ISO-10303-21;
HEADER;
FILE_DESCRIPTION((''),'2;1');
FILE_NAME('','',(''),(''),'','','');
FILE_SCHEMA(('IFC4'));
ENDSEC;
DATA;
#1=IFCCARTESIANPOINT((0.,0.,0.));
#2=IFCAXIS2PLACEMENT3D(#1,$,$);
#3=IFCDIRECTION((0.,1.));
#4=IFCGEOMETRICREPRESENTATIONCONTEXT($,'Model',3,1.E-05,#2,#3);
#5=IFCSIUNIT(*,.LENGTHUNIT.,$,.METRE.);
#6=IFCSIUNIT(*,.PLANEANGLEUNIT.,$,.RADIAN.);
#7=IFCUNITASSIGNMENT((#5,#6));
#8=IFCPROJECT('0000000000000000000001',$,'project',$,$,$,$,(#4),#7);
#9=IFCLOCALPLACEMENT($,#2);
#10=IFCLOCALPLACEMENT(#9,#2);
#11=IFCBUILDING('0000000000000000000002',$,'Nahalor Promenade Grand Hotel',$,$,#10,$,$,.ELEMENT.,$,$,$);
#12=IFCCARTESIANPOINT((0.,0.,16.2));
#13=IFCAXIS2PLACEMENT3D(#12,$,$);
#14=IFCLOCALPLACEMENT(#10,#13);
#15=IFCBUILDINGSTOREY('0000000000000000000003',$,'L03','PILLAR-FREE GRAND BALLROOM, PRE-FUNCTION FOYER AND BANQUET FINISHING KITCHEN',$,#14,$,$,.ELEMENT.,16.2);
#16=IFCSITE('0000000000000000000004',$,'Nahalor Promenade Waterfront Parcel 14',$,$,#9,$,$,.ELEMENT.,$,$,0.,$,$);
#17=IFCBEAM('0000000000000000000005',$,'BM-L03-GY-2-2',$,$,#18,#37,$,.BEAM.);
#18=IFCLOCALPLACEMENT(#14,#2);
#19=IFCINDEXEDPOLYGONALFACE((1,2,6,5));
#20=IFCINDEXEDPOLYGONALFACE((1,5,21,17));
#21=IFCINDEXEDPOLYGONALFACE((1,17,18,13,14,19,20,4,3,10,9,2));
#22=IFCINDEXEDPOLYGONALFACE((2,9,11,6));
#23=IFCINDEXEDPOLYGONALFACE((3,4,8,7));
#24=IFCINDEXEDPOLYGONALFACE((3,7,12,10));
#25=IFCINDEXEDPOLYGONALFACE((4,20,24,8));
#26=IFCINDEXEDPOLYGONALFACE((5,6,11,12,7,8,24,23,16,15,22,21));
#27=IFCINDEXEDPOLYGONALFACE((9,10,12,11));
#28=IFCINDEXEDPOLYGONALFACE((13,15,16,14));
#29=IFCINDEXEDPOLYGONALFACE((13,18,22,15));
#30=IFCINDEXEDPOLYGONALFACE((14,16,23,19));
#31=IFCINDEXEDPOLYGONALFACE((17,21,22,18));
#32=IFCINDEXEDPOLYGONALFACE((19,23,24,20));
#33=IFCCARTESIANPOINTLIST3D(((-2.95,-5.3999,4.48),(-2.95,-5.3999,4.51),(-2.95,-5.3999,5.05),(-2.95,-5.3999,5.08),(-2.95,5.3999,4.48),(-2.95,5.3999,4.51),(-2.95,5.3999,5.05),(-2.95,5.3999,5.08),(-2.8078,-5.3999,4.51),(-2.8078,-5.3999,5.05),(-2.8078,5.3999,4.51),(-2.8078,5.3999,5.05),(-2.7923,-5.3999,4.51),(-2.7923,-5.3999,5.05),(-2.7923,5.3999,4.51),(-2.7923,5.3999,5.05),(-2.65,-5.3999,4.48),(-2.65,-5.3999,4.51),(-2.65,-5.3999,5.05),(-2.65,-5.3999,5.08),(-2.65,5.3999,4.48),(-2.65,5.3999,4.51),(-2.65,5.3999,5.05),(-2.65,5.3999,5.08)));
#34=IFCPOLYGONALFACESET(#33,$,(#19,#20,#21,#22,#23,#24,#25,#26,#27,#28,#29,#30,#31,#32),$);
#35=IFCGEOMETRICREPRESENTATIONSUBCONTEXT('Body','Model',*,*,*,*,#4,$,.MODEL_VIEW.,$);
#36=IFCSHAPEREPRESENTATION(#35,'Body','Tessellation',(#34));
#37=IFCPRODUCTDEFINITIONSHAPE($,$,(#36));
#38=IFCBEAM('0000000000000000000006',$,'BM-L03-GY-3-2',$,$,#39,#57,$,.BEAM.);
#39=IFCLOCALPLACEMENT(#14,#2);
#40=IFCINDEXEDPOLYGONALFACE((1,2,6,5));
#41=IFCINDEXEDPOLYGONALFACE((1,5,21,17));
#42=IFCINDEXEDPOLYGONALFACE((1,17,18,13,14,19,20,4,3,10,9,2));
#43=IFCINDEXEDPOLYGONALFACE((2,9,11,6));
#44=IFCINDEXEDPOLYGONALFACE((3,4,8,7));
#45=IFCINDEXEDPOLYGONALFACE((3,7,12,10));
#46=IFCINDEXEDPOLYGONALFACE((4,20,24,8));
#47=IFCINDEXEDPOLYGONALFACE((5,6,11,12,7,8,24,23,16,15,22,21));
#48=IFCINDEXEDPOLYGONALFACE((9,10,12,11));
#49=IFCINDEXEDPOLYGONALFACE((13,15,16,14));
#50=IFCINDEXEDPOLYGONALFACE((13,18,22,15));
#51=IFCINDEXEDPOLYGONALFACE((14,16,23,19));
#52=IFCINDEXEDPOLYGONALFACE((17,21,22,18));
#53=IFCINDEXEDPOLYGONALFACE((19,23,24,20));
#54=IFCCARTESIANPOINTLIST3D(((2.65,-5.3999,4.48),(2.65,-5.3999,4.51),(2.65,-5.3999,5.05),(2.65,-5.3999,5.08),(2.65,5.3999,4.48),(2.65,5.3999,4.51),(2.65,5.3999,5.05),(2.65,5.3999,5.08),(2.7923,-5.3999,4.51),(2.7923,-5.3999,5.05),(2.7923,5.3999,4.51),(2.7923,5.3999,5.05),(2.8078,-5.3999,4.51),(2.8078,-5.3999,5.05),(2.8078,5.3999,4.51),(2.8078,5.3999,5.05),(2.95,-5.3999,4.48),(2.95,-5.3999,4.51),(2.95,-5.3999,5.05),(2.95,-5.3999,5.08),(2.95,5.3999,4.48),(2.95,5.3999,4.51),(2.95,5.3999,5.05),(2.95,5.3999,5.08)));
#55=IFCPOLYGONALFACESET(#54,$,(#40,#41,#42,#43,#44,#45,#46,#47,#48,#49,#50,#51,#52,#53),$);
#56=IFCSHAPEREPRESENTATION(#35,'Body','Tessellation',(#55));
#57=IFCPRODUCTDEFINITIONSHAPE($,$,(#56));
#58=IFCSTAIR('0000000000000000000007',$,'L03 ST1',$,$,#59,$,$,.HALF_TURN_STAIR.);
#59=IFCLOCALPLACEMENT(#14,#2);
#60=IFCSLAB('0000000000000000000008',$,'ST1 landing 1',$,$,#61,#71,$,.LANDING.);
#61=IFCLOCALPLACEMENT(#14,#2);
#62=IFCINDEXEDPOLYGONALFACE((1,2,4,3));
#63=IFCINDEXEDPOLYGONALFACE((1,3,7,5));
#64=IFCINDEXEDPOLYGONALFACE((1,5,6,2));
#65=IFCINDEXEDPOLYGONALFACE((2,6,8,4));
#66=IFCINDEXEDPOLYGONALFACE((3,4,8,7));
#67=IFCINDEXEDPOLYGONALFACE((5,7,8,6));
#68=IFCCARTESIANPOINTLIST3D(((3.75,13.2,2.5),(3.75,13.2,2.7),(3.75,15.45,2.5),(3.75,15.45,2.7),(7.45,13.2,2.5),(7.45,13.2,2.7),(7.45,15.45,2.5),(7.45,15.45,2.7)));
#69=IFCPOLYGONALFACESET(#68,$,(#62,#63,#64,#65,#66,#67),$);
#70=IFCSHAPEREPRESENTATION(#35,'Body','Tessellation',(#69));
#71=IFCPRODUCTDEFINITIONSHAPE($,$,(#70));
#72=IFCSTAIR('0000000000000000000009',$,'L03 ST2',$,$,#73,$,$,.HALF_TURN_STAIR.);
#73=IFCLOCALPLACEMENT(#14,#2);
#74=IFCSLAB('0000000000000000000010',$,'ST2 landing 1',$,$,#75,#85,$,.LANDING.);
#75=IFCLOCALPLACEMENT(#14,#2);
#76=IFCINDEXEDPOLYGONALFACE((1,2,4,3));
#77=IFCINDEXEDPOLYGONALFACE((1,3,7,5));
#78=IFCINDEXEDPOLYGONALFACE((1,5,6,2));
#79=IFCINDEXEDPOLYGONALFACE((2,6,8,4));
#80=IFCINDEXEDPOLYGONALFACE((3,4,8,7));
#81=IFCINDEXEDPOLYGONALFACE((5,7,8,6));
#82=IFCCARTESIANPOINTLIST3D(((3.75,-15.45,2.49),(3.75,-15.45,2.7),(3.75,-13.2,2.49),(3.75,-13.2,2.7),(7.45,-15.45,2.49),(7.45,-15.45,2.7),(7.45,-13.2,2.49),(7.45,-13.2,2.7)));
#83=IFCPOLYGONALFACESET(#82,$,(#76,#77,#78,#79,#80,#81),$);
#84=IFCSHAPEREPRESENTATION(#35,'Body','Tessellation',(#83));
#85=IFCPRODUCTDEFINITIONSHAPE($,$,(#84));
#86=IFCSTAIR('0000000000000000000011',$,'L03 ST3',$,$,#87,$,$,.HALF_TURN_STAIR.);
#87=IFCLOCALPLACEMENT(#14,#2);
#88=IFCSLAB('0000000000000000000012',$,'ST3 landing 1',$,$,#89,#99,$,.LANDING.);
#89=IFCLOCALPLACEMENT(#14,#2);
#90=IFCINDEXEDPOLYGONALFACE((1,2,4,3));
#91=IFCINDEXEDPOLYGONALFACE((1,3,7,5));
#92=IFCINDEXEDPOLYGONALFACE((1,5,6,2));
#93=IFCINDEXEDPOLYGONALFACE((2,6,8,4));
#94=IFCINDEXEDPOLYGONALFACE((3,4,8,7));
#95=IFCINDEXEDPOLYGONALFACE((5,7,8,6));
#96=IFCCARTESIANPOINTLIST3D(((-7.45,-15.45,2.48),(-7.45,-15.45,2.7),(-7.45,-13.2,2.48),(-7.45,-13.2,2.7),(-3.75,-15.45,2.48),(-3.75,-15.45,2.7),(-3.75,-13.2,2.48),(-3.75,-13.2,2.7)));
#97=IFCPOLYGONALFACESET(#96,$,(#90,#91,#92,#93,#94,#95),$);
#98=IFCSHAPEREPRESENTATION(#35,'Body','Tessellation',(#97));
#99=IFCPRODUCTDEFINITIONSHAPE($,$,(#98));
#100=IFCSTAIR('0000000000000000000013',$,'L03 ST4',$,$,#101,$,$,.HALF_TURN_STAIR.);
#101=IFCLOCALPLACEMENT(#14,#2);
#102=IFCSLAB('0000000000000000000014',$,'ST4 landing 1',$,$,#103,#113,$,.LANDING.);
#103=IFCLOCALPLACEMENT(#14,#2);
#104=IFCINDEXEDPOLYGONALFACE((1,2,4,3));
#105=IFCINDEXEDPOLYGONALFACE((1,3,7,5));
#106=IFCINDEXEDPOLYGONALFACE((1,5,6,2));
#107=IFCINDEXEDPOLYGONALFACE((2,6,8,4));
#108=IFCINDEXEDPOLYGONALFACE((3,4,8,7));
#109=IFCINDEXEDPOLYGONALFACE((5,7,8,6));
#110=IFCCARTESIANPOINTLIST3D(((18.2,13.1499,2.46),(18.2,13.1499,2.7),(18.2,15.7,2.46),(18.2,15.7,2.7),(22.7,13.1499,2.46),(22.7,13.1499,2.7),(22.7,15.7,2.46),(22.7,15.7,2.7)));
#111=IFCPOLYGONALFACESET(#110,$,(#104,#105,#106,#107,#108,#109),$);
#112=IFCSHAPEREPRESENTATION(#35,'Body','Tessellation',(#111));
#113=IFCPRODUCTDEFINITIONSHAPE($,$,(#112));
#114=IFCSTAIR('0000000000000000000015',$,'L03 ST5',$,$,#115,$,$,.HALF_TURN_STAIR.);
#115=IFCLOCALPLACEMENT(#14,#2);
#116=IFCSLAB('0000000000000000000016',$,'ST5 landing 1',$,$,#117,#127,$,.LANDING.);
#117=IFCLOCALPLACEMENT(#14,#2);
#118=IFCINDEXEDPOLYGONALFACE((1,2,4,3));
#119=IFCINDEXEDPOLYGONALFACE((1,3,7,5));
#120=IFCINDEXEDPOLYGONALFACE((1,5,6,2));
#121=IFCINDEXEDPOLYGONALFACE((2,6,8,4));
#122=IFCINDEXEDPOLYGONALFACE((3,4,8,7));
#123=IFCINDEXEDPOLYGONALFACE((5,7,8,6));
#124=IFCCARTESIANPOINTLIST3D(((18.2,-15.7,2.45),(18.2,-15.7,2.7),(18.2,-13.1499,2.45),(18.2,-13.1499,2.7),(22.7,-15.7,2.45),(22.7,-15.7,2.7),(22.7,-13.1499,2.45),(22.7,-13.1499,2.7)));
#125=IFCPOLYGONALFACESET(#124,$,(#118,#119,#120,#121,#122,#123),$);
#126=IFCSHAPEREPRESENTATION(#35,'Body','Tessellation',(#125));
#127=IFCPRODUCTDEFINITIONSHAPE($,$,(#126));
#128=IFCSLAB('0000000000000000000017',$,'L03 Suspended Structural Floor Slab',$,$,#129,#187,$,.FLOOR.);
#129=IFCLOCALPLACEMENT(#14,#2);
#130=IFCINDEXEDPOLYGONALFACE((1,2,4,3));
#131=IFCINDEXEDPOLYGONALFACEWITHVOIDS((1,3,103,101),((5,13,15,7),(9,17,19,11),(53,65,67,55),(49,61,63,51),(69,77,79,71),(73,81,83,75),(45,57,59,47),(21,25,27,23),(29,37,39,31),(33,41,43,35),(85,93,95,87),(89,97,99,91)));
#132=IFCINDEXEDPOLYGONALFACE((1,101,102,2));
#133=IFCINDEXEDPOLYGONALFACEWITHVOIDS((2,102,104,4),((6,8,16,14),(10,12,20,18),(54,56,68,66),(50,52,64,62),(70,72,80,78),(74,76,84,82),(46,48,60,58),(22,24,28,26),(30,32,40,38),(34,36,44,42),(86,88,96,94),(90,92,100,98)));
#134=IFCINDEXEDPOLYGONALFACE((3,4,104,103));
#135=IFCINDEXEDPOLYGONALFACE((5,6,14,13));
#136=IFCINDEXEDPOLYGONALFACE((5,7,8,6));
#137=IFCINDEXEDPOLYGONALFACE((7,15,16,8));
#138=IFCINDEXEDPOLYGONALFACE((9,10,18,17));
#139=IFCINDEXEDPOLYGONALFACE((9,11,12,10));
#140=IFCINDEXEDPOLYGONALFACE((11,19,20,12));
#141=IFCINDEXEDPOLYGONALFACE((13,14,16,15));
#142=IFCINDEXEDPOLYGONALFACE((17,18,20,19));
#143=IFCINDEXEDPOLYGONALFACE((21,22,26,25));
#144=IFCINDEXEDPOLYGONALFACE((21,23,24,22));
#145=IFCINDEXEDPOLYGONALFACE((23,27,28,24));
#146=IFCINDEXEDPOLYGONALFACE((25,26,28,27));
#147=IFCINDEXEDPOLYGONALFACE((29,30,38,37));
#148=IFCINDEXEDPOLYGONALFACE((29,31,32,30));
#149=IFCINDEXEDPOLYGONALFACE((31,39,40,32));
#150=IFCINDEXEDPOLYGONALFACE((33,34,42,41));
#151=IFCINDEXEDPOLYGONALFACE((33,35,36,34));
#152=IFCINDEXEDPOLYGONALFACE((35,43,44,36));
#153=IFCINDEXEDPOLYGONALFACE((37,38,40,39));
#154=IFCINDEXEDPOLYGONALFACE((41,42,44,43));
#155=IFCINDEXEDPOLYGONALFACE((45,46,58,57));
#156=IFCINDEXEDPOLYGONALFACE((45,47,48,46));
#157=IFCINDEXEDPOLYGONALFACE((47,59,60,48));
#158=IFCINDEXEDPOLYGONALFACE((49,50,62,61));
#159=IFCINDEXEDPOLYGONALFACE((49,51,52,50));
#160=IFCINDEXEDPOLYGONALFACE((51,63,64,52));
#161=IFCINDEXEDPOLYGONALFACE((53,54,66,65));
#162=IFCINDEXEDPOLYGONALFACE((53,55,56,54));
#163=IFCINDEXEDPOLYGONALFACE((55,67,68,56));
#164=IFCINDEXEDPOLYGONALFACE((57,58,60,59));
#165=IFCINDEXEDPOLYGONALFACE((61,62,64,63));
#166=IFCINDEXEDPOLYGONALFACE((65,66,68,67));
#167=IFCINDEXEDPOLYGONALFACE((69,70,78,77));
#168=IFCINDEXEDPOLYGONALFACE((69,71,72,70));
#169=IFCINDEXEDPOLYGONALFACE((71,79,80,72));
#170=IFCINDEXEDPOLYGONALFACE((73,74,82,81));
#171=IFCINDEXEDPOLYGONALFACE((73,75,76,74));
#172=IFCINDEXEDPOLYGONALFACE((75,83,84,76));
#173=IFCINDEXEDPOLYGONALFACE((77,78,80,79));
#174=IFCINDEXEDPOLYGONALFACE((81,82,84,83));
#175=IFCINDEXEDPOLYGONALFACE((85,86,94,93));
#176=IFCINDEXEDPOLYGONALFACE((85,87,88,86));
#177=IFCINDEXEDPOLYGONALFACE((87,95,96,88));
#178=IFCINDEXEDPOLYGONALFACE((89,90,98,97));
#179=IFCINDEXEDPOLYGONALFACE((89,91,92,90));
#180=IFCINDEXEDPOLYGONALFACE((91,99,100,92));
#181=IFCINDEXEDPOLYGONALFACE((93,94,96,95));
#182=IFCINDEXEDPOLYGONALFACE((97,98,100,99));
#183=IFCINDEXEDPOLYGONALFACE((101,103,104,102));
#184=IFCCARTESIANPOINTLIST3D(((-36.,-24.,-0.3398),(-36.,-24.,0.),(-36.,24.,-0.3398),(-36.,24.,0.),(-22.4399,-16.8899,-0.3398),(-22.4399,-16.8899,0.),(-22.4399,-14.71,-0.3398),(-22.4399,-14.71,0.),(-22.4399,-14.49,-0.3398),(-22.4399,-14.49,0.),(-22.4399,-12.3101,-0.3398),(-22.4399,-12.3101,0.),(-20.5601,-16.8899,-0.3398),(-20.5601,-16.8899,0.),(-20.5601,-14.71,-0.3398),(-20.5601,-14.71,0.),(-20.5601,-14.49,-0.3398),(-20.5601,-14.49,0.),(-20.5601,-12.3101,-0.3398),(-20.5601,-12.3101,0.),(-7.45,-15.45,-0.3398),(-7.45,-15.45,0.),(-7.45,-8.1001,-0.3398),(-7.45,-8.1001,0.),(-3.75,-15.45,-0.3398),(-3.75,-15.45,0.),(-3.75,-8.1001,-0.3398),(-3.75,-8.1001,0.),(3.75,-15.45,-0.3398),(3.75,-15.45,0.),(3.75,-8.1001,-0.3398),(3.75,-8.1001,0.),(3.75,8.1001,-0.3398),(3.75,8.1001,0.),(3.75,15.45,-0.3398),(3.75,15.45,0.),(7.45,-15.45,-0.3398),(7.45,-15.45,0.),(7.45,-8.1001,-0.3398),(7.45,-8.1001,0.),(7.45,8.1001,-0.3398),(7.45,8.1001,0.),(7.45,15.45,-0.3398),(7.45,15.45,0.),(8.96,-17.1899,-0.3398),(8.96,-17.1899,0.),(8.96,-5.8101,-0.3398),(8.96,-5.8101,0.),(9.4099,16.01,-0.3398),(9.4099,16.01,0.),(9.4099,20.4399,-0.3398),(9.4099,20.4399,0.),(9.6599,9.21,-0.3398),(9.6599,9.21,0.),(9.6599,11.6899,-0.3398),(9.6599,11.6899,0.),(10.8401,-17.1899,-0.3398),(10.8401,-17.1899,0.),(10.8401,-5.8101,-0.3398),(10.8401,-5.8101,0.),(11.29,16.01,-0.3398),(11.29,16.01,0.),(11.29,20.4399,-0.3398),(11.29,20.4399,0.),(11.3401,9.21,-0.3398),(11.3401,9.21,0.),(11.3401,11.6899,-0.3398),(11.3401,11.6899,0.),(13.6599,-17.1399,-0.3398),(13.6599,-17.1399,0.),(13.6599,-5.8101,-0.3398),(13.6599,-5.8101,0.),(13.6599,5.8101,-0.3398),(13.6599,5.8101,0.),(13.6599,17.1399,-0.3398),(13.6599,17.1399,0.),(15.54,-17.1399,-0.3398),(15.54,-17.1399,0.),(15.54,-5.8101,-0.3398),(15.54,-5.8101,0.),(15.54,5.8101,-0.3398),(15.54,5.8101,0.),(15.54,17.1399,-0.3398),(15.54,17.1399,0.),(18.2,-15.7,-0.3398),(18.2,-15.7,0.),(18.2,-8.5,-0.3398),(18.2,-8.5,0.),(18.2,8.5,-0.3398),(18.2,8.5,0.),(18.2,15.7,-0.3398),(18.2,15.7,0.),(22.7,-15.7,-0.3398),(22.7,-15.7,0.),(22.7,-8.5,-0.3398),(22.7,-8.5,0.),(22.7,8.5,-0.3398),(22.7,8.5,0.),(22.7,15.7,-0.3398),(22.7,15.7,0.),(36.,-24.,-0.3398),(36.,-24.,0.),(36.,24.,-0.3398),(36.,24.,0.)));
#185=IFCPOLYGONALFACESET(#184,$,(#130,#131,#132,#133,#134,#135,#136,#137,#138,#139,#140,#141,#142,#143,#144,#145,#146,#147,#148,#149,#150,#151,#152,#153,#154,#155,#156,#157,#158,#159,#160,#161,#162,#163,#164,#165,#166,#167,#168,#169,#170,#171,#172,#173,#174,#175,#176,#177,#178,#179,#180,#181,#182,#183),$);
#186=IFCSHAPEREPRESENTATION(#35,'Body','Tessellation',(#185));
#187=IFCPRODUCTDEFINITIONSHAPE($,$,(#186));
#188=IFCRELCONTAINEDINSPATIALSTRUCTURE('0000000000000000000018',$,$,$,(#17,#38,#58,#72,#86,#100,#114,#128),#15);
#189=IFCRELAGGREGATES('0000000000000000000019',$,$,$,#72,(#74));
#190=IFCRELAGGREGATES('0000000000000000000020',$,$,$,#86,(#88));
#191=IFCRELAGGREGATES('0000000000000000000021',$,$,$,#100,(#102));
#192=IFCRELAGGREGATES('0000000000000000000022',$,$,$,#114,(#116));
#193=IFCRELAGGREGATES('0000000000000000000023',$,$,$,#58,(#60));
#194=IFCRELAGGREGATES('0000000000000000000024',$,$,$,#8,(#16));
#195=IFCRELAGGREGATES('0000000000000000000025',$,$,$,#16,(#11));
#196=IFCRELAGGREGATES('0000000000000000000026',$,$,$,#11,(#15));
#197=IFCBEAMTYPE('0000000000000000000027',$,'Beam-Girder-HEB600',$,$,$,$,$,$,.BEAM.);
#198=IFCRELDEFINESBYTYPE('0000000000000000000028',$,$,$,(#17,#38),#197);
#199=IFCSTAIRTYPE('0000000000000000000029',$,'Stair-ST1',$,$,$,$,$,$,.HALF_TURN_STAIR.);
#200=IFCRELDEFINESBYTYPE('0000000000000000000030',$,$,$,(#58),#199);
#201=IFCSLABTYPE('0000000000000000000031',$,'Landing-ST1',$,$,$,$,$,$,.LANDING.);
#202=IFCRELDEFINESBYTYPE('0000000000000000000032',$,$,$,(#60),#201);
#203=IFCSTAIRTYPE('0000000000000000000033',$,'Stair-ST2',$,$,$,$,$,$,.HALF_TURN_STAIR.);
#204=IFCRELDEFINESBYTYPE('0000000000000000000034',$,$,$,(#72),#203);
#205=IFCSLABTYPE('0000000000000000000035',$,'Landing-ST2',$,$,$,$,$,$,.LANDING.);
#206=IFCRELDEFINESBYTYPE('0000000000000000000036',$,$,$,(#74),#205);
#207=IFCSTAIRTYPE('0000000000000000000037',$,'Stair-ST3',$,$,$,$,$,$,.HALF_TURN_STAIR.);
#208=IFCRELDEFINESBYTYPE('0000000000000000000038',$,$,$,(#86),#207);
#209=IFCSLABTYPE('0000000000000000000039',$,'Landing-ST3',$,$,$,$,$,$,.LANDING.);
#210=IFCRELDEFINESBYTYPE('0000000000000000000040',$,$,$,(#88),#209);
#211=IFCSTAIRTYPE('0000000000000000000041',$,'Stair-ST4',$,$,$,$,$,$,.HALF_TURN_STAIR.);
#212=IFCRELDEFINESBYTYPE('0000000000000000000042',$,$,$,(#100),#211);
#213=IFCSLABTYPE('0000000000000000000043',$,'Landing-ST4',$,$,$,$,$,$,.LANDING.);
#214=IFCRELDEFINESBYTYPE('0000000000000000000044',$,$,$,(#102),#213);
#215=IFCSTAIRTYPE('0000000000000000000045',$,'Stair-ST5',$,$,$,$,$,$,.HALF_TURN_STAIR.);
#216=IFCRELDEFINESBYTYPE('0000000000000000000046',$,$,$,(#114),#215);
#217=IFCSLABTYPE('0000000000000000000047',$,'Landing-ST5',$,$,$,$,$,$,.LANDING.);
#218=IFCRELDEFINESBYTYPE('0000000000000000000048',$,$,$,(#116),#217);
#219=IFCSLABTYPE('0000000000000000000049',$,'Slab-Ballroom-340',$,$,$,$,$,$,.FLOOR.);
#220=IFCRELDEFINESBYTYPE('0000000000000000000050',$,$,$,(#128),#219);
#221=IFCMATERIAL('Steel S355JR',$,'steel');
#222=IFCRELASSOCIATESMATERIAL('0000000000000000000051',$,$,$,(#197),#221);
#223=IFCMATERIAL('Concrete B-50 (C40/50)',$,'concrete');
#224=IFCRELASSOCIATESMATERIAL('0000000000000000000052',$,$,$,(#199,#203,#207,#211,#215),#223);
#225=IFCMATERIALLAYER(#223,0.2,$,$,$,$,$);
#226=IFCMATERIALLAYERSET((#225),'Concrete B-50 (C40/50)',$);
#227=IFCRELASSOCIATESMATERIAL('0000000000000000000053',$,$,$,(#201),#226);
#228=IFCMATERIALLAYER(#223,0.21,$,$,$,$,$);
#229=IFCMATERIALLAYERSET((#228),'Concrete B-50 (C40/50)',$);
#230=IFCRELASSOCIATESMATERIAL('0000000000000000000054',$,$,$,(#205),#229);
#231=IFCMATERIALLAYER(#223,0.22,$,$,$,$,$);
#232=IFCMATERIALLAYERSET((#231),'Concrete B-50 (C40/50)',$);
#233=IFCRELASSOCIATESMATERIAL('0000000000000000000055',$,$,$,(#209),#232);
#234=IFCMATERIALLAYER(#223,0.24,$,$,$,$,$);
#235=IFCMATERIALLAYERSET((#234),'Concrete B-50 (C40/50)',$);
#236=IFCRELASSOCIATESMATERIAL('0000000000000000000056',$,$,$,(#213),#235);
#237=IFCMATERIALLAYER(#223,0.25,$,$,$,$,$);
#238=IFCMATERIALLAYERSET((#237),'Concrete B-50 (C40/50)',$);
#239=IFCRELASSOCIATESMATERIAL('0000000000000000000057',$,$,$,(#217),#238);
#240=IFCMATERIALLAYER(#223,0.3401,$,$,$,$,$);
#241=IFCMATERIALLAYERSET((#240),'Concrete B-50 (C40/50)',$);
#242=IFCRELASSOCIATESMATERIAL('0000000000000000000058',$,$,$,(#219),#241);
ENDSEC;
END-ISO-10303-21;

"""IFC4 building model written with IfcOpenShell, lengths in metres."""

from ifc_helpers import new_model, si_unit, direction, frame, origin, origin_2d, place, context, subcontext, project, spatial, polyline, i_section, outline, extrude, source, transform, mapped, material, layer, layer_set, material_profile, profile_set, type_object, element, aggregate, save


model = new_model("IFC4")

# Units and contexts
model_context = context("Model", 3, precision=1e-05, world=origin(), true_north=direction((0.0, 1.0)))
body_context = subcontext(model_context, "Body", "Model", "MODEL_VIEW")
ifc_project = project(units=[si_unit("LENGTHUNIT", "METRE"), si_unit("PLANEANGLEUNIT", "RADIAN")], contexts=[model_context])

# Site, building, storey
site_placement = place(None, origin())
site = spatial("IfcSite", under=ifc_project, at=site_placement, Name="Nahalor Promenade Waterfront Parcel 14", CompositionType="ELEMENT", RefElevation=0.0)
building_placement = place(site_placement, origin())
building = spatial("IfcBuilding", under=site, at=building_placement, Name="Nahalor Promenade Grand Hotel", CompositionType="ELEMENT")
storey_placement = place(building_placement, frame((0.0, 0.0, 16.2)))
storey = spatial("IfcBuildingStorey", under=building, at=storey_placement, Name="L03", Description="PILLAR-FREE GRAND BALLROOM, PRE-FUNCTION FOYER AND BANQUET FINISHING KITCHEN", CompositionType="ELEMENT", Elevation=16.2)

# Beams
ifc_material_1 = material(Name="Steel S355JR", Category="steel")
ifc_material_profile_1 = material_profile(ifc_material_1, i_section(OverallWidth=0.3, OverallDepth=0.6, WebThickness=0.0155, FlangeThickness=0.03, at=origin_2d()), Name="HEB 600")
ifc_profile_set_1 = profile_set([ifc_material_profile_1], Name="Steel S355JR")
beam_type = type_object("IfcBeamType", Name="Beam-Girder-HEB600", PredefinedType="BEAM", material=ifc_profile_set_1)
shared_shape_1 = source(origin(), body_context, "Body", "SweptSolid", [
    extrude(i_section(OverallWidth=0.3, OverallDepth=0.6, WebThickness=0.0155, FlangeThickness=0.03, at=origin_2d()), origin(), (0.0, 0.0, 1.0), 10.7998),
])
for number, where, z_axis, x_axis, name in (
    (1, (-2.8, -5.3999, 4.78), (0.0, 1.0, 0.0), (-1.0, 0.0, 0.0), "BM-L03-GY-2-2"),
    (2, (2.8, -5.3999, 4.78), (0.0, 1.0, 0.0), (-1.0, 0.0, 0.0), "BM-L03-GY-3-2"),
):
    element("IfcBeam", number, at=place(storey_placement, frame(where, z_axis=z_axis, x_axis=x_axis)), inside=storey, type_object=beam_type, Name=name, PredefinedType="BEAM", context=body_context, shape_type="MappedRepresentation", body=[
        mapped(shared_shape_1, transform((0.0, 0.0, 0.0), scale=1.0)),
    ])

# Stairs, slabs
ifc_material_2 = material(Name="Concrete B-50 (C40/50)", Category="concrete")
stair_type_1 = type_object("IfcStairType", Name="Stair-ST1", PredefinedType="HALF_TURN_STAIR", material=ifc_material_2)
stair_1_placement = place(storey_placement, origin())
stair_1 = element("IfcStair", 3, at=stair_1_placement, inside=storey, type_object=stair_type_1, Name="L03 ST1", PredefinedType="HALF_TURN_STAIR")
ifc_layer_1 = layer(ifc_material_2, 0.2)
ifc_layer_set_1 = layer_set([ifc_layer_1], Name="Concrete B-50 (C40/50)")
slab_type_1 = type_object("IfcSlabType", Name="Landing-ST1", PredefinedType="LANDING", material=ifc_layer_set_1)
slab_1_placement = place(storey_placement, frame((0.0, 0.0, 2.5)))
slab_1 = element("IfcSlab", 4, at=slab_1_placement, type_object=slab_type_1, Name="ST1 landing 1", PredefinedType="LANDING", context=body_context, shape_type="SweptSolid", body=[
    extrude(outline(polyline([(7.45, 13.2), (7.45, 15.45), (3.75, 15.45), (3.75, 13.2), (7.45, 13.2)])), origin(), (0.0, 0.0, 1.0), 0.2),
])
stair_type_2 = type_object("IfcStairType", Name="Stair-ST2", PredefinedType="HALF_TURN_STAIR", material=ifc_material_2)
stair_2_placement = place(storey_placement, origin())
stair_2 = element("IfcStair", 5, at=stair_2_placement, inside=storey, type_object=stair_type_2, Name="L03 ST2", PredefinedType="HALF_TURN_STAIR")
ifc_layer_2 = layer(ifc_material_2, 0.21)
ifc_layer_set_2 = layer_set([ifc_layer_2], Name="Concrete B-50 (C40/50)")
slab_type_2 = type_object("IfcSlabType", Name="Landing-ST2", PredefinedType="LANDING", material=ifc_layer_set_2)
slab_2_placement = place(storey_placement, frame((0.0, 0.0, 2.49)))
slab_2 = element("IfcSlab", 6, at=slab_2_placement, type_object=slab_type_2, Name="ST2 landing 1", PredefinedType="LANDING", context=body_context, shape_type="SweptSolid", body=[
    extrude(outline(polyline([(3.75, -13.2), (3.75, -15.45), (7.45, -15.45), (7.45, -13.2), (3.75, -13.2)])), origin(), (0.0, 0.0, 1.0), 0.21),
])
aggregate(stair_2, [slab_2])
stair_type_3 = type_object("IfcStairType", Name="Stair-ST3", PredefinedType="HALF_TURN_STAIR", material=ifc_material_2)
stair_3_placement = place(storey_placement, origin())
stair_3 = element("IfcStair", 7, at=stair_3_placement, inside=storey, type_object=stair_type_3, Name="L03 ST3", PredefinedType="HALF_TURN_STAIR")
ifc_layer_3 = layer(ifc_material_2, 0.22)
ifc_layer_set_3 = layer_set([ifc_layer_3], Name="Concrete B-50 (C40/50)")
slab_type_3 = type_object("IfcSlabType", Name="Landing-ST3", PredefinedType="LANDING", material=ifc_layer_set_3)
slab_3_placement = place(storey_placement, frame((0.0, 0.0, 2.48)))
slab_3 = element("IfcSlab", 8, at=slab_3_placement, type_object=slab_type_3, Name="ST3 landing 1", PredefinedType="LANDING", context=body_context, shape_type="SweptSolid", body=[
    extrude(outline(polyline([(-7.45, -13.2), (-7.45, -15.45), (-3.75, -15.45), (-3.75, -13.2), (-7.45, -13.2)])), origin(), (0.0, 0.0, 1.0), 0.22),
])
aggregate(stair_3, [slab_3])
stair_type_4 = type_object("IfcStairType", Name="Stair-ST4", PredefinedType="HALF_TURN_STAIR", material=ifc_material_2)
stair_4_placement = place(storey_placement, origin())
stair_4 = element("IfcStair", 9, at=stair_4_placement, inside=storey, type_object=stair_type_4, Name="L03 ST4", PredefinedType="HALF_TURN_STAIR")
ifc_layer_4 = layer(ifc_material_2, 0.24)
ifc_layer_set_4 = layer_set([ifc_layer_4], Name="Concrete B-50 (C40/50)")
slab_type_4 = type_object("IfcSlabType", Name="Landing-ST4", PredefinedType="LANDING", material=ifc_layer_set_4)
slab_4_placement = place(storey_placement, frame((0.0, 0.0, 2.46)))
slab_4 = element("IfcSlab", 10, at=slab_4_placement, type_object=slab_type_4, Name="ST4 landing 1", PredefinedType="LANDING", context=body_context, shape_type="SweptSolid", body=[
    extrude(outline(polyline([(22.7, 13.1499), (22.7, 15.7), (18.2, 15.7), (18.2, 13.1499), (22.7, 13.1499)])), origin(), (0.0, 0.0, 1.0), 0.24),
])
aggregate(stair_4, [slab_4])
stair_type_5 = type_object("IfcStairType", Name="Stair-ST5", PredefinedType="HALF_TURN_STAIR", material=ifc_material_2)
stair_5_placement = place(storey_placement, origin())
stair_5 = element("IfcStair", 11, at=stair_5_placement, inside=storey, type_object=stair_type_5, Name="L03 ST5", PredefinedType="HALF_TURN_STAIR")
ifc_layer_5 = layer(ifc_material_2, 0.25)
ifc_layer_set_5 = layer_set([ifc_layer_5], Name="Concrete B-50 (C40/50)")
slab_type_5 = type_object("IfcSlabType", Name="Landing-ST5", PredefinedType="LANDING", material=ifc_layer_set_5)
slab_5_placement = place(storey_placement, frame((0.0, 0.0, 2.45)))
slab_5 = element("IfcSlab", 12, at=slab_5_placement, type_object=slab_type_5, Name="ST5 landing 1", PredefinedType="LANDING", context=body_context, shape_type="SweptSolid", body=[
    extrude(outline(polyline([(18.2, -13.1499), (18.2, -15.7), (22.7, -15.7), (22.7, -13.1499), (18.2, -13.1499)])), origin(), (0.0, 0.0, 1.0), 0.25),
])
aggregate(stair_5, [slab_5])

# Slab
ifc_layer_6 = layer(ifc_material_2, 0.3401)
ifc_layer_set_6 = layer_set([ifc_layer_6], Name="Concrete B-50 (C40/50)")
slab_type_6 = type_object("IfcSlabType", Name="Slab-Ballroom-340", PredefinedType="FLOOR", material=ifc_layer_set_6)
slab_6_placement = place(storey_placement, frame((0.0, 0.0, -0.3398)))
element("IfcSlab", 13, at=slab_6_placement, inside=storey, type_object=slab_type_6, Name="L03 Suspended Structural Floor Slab", PredefinedType="FLOOR", context=body_context, shape_type="SweptSolid", body=[
    extrude(outline(polyline([(-36.0, -24.0), (36.0, -24.0), (36.0, 24.0), (-36.0, 24.0), (-36.0, -24.0)]), holes=[polyline([(3.75, 8.1001), (7.45, 8.1001), (7.45, 15.45), (3.75, 15.45), (3.75, 8.1001)]), polyline([(3.75, -15.45), (7.45, -15.45), (7.45, -8.1001), (3.75, -8.1001), (3.75, -15.45)]), polyline([(-7.45, -15.45), (-3.75, -15.45), (-3.75, -8.1001), (-7.45, -8.1001), (-7.45, -15.45)]), polyline([(18.2, 8.5), (22.7, 8.5), (22.7, 15.7), (18.2, 15.7), (18.2, 8.5)]), polyline([(18.2, -15.7), (22.7, -15.7), (22.7, -8.5), (18.2, -8.5), (18.2, -15.7)]), polyline([(13.6599, 5.8101), (15.54, 5.8101), (15.54, 17.1399), (13.6599, 17.1399), (13.6599, 5.8101)]), polyline([(13.6599, -17.1399), (15.54, -17.1399), (15.54, -5.8101), (13.6599, -5.8101), (13.6599, -17.1399)]), polyline([(8.96, -17.1899), (10.8401, -17.1899), (10.8401, -5.8101), (8.96, -5.8101), (8.96, -17.1899)]), polyline([(9.4099, 16.01), (11.29, 16.01), (11.29, 20.4399), (9.4099, 20.4399), (9.4099, 16.01)]), polyline([(9.6599, 9.21), (11.3401, 9.21), (11.3401, 11.6899), (9.6599, 11.6899), (9.6599, 9.21)]), polyline([(-22.4399, -16.8899), (-20.5601, -16.8899), (-20.5601, -14.71), (-22.4399, -14.71), (-22.4399, -16.8899)]), polyline([(-22.4399, -14.49), (-20.5601, -14.49), (-20.5601, -12.3101), (-22.4399, -12.3101), (-22.4399, -14.49)])]), origin(), (0.0, 0.0, 1.0), 0.3398),
])

aggregate(stair_1, [slab_1])

save(model, "model.ifc")
